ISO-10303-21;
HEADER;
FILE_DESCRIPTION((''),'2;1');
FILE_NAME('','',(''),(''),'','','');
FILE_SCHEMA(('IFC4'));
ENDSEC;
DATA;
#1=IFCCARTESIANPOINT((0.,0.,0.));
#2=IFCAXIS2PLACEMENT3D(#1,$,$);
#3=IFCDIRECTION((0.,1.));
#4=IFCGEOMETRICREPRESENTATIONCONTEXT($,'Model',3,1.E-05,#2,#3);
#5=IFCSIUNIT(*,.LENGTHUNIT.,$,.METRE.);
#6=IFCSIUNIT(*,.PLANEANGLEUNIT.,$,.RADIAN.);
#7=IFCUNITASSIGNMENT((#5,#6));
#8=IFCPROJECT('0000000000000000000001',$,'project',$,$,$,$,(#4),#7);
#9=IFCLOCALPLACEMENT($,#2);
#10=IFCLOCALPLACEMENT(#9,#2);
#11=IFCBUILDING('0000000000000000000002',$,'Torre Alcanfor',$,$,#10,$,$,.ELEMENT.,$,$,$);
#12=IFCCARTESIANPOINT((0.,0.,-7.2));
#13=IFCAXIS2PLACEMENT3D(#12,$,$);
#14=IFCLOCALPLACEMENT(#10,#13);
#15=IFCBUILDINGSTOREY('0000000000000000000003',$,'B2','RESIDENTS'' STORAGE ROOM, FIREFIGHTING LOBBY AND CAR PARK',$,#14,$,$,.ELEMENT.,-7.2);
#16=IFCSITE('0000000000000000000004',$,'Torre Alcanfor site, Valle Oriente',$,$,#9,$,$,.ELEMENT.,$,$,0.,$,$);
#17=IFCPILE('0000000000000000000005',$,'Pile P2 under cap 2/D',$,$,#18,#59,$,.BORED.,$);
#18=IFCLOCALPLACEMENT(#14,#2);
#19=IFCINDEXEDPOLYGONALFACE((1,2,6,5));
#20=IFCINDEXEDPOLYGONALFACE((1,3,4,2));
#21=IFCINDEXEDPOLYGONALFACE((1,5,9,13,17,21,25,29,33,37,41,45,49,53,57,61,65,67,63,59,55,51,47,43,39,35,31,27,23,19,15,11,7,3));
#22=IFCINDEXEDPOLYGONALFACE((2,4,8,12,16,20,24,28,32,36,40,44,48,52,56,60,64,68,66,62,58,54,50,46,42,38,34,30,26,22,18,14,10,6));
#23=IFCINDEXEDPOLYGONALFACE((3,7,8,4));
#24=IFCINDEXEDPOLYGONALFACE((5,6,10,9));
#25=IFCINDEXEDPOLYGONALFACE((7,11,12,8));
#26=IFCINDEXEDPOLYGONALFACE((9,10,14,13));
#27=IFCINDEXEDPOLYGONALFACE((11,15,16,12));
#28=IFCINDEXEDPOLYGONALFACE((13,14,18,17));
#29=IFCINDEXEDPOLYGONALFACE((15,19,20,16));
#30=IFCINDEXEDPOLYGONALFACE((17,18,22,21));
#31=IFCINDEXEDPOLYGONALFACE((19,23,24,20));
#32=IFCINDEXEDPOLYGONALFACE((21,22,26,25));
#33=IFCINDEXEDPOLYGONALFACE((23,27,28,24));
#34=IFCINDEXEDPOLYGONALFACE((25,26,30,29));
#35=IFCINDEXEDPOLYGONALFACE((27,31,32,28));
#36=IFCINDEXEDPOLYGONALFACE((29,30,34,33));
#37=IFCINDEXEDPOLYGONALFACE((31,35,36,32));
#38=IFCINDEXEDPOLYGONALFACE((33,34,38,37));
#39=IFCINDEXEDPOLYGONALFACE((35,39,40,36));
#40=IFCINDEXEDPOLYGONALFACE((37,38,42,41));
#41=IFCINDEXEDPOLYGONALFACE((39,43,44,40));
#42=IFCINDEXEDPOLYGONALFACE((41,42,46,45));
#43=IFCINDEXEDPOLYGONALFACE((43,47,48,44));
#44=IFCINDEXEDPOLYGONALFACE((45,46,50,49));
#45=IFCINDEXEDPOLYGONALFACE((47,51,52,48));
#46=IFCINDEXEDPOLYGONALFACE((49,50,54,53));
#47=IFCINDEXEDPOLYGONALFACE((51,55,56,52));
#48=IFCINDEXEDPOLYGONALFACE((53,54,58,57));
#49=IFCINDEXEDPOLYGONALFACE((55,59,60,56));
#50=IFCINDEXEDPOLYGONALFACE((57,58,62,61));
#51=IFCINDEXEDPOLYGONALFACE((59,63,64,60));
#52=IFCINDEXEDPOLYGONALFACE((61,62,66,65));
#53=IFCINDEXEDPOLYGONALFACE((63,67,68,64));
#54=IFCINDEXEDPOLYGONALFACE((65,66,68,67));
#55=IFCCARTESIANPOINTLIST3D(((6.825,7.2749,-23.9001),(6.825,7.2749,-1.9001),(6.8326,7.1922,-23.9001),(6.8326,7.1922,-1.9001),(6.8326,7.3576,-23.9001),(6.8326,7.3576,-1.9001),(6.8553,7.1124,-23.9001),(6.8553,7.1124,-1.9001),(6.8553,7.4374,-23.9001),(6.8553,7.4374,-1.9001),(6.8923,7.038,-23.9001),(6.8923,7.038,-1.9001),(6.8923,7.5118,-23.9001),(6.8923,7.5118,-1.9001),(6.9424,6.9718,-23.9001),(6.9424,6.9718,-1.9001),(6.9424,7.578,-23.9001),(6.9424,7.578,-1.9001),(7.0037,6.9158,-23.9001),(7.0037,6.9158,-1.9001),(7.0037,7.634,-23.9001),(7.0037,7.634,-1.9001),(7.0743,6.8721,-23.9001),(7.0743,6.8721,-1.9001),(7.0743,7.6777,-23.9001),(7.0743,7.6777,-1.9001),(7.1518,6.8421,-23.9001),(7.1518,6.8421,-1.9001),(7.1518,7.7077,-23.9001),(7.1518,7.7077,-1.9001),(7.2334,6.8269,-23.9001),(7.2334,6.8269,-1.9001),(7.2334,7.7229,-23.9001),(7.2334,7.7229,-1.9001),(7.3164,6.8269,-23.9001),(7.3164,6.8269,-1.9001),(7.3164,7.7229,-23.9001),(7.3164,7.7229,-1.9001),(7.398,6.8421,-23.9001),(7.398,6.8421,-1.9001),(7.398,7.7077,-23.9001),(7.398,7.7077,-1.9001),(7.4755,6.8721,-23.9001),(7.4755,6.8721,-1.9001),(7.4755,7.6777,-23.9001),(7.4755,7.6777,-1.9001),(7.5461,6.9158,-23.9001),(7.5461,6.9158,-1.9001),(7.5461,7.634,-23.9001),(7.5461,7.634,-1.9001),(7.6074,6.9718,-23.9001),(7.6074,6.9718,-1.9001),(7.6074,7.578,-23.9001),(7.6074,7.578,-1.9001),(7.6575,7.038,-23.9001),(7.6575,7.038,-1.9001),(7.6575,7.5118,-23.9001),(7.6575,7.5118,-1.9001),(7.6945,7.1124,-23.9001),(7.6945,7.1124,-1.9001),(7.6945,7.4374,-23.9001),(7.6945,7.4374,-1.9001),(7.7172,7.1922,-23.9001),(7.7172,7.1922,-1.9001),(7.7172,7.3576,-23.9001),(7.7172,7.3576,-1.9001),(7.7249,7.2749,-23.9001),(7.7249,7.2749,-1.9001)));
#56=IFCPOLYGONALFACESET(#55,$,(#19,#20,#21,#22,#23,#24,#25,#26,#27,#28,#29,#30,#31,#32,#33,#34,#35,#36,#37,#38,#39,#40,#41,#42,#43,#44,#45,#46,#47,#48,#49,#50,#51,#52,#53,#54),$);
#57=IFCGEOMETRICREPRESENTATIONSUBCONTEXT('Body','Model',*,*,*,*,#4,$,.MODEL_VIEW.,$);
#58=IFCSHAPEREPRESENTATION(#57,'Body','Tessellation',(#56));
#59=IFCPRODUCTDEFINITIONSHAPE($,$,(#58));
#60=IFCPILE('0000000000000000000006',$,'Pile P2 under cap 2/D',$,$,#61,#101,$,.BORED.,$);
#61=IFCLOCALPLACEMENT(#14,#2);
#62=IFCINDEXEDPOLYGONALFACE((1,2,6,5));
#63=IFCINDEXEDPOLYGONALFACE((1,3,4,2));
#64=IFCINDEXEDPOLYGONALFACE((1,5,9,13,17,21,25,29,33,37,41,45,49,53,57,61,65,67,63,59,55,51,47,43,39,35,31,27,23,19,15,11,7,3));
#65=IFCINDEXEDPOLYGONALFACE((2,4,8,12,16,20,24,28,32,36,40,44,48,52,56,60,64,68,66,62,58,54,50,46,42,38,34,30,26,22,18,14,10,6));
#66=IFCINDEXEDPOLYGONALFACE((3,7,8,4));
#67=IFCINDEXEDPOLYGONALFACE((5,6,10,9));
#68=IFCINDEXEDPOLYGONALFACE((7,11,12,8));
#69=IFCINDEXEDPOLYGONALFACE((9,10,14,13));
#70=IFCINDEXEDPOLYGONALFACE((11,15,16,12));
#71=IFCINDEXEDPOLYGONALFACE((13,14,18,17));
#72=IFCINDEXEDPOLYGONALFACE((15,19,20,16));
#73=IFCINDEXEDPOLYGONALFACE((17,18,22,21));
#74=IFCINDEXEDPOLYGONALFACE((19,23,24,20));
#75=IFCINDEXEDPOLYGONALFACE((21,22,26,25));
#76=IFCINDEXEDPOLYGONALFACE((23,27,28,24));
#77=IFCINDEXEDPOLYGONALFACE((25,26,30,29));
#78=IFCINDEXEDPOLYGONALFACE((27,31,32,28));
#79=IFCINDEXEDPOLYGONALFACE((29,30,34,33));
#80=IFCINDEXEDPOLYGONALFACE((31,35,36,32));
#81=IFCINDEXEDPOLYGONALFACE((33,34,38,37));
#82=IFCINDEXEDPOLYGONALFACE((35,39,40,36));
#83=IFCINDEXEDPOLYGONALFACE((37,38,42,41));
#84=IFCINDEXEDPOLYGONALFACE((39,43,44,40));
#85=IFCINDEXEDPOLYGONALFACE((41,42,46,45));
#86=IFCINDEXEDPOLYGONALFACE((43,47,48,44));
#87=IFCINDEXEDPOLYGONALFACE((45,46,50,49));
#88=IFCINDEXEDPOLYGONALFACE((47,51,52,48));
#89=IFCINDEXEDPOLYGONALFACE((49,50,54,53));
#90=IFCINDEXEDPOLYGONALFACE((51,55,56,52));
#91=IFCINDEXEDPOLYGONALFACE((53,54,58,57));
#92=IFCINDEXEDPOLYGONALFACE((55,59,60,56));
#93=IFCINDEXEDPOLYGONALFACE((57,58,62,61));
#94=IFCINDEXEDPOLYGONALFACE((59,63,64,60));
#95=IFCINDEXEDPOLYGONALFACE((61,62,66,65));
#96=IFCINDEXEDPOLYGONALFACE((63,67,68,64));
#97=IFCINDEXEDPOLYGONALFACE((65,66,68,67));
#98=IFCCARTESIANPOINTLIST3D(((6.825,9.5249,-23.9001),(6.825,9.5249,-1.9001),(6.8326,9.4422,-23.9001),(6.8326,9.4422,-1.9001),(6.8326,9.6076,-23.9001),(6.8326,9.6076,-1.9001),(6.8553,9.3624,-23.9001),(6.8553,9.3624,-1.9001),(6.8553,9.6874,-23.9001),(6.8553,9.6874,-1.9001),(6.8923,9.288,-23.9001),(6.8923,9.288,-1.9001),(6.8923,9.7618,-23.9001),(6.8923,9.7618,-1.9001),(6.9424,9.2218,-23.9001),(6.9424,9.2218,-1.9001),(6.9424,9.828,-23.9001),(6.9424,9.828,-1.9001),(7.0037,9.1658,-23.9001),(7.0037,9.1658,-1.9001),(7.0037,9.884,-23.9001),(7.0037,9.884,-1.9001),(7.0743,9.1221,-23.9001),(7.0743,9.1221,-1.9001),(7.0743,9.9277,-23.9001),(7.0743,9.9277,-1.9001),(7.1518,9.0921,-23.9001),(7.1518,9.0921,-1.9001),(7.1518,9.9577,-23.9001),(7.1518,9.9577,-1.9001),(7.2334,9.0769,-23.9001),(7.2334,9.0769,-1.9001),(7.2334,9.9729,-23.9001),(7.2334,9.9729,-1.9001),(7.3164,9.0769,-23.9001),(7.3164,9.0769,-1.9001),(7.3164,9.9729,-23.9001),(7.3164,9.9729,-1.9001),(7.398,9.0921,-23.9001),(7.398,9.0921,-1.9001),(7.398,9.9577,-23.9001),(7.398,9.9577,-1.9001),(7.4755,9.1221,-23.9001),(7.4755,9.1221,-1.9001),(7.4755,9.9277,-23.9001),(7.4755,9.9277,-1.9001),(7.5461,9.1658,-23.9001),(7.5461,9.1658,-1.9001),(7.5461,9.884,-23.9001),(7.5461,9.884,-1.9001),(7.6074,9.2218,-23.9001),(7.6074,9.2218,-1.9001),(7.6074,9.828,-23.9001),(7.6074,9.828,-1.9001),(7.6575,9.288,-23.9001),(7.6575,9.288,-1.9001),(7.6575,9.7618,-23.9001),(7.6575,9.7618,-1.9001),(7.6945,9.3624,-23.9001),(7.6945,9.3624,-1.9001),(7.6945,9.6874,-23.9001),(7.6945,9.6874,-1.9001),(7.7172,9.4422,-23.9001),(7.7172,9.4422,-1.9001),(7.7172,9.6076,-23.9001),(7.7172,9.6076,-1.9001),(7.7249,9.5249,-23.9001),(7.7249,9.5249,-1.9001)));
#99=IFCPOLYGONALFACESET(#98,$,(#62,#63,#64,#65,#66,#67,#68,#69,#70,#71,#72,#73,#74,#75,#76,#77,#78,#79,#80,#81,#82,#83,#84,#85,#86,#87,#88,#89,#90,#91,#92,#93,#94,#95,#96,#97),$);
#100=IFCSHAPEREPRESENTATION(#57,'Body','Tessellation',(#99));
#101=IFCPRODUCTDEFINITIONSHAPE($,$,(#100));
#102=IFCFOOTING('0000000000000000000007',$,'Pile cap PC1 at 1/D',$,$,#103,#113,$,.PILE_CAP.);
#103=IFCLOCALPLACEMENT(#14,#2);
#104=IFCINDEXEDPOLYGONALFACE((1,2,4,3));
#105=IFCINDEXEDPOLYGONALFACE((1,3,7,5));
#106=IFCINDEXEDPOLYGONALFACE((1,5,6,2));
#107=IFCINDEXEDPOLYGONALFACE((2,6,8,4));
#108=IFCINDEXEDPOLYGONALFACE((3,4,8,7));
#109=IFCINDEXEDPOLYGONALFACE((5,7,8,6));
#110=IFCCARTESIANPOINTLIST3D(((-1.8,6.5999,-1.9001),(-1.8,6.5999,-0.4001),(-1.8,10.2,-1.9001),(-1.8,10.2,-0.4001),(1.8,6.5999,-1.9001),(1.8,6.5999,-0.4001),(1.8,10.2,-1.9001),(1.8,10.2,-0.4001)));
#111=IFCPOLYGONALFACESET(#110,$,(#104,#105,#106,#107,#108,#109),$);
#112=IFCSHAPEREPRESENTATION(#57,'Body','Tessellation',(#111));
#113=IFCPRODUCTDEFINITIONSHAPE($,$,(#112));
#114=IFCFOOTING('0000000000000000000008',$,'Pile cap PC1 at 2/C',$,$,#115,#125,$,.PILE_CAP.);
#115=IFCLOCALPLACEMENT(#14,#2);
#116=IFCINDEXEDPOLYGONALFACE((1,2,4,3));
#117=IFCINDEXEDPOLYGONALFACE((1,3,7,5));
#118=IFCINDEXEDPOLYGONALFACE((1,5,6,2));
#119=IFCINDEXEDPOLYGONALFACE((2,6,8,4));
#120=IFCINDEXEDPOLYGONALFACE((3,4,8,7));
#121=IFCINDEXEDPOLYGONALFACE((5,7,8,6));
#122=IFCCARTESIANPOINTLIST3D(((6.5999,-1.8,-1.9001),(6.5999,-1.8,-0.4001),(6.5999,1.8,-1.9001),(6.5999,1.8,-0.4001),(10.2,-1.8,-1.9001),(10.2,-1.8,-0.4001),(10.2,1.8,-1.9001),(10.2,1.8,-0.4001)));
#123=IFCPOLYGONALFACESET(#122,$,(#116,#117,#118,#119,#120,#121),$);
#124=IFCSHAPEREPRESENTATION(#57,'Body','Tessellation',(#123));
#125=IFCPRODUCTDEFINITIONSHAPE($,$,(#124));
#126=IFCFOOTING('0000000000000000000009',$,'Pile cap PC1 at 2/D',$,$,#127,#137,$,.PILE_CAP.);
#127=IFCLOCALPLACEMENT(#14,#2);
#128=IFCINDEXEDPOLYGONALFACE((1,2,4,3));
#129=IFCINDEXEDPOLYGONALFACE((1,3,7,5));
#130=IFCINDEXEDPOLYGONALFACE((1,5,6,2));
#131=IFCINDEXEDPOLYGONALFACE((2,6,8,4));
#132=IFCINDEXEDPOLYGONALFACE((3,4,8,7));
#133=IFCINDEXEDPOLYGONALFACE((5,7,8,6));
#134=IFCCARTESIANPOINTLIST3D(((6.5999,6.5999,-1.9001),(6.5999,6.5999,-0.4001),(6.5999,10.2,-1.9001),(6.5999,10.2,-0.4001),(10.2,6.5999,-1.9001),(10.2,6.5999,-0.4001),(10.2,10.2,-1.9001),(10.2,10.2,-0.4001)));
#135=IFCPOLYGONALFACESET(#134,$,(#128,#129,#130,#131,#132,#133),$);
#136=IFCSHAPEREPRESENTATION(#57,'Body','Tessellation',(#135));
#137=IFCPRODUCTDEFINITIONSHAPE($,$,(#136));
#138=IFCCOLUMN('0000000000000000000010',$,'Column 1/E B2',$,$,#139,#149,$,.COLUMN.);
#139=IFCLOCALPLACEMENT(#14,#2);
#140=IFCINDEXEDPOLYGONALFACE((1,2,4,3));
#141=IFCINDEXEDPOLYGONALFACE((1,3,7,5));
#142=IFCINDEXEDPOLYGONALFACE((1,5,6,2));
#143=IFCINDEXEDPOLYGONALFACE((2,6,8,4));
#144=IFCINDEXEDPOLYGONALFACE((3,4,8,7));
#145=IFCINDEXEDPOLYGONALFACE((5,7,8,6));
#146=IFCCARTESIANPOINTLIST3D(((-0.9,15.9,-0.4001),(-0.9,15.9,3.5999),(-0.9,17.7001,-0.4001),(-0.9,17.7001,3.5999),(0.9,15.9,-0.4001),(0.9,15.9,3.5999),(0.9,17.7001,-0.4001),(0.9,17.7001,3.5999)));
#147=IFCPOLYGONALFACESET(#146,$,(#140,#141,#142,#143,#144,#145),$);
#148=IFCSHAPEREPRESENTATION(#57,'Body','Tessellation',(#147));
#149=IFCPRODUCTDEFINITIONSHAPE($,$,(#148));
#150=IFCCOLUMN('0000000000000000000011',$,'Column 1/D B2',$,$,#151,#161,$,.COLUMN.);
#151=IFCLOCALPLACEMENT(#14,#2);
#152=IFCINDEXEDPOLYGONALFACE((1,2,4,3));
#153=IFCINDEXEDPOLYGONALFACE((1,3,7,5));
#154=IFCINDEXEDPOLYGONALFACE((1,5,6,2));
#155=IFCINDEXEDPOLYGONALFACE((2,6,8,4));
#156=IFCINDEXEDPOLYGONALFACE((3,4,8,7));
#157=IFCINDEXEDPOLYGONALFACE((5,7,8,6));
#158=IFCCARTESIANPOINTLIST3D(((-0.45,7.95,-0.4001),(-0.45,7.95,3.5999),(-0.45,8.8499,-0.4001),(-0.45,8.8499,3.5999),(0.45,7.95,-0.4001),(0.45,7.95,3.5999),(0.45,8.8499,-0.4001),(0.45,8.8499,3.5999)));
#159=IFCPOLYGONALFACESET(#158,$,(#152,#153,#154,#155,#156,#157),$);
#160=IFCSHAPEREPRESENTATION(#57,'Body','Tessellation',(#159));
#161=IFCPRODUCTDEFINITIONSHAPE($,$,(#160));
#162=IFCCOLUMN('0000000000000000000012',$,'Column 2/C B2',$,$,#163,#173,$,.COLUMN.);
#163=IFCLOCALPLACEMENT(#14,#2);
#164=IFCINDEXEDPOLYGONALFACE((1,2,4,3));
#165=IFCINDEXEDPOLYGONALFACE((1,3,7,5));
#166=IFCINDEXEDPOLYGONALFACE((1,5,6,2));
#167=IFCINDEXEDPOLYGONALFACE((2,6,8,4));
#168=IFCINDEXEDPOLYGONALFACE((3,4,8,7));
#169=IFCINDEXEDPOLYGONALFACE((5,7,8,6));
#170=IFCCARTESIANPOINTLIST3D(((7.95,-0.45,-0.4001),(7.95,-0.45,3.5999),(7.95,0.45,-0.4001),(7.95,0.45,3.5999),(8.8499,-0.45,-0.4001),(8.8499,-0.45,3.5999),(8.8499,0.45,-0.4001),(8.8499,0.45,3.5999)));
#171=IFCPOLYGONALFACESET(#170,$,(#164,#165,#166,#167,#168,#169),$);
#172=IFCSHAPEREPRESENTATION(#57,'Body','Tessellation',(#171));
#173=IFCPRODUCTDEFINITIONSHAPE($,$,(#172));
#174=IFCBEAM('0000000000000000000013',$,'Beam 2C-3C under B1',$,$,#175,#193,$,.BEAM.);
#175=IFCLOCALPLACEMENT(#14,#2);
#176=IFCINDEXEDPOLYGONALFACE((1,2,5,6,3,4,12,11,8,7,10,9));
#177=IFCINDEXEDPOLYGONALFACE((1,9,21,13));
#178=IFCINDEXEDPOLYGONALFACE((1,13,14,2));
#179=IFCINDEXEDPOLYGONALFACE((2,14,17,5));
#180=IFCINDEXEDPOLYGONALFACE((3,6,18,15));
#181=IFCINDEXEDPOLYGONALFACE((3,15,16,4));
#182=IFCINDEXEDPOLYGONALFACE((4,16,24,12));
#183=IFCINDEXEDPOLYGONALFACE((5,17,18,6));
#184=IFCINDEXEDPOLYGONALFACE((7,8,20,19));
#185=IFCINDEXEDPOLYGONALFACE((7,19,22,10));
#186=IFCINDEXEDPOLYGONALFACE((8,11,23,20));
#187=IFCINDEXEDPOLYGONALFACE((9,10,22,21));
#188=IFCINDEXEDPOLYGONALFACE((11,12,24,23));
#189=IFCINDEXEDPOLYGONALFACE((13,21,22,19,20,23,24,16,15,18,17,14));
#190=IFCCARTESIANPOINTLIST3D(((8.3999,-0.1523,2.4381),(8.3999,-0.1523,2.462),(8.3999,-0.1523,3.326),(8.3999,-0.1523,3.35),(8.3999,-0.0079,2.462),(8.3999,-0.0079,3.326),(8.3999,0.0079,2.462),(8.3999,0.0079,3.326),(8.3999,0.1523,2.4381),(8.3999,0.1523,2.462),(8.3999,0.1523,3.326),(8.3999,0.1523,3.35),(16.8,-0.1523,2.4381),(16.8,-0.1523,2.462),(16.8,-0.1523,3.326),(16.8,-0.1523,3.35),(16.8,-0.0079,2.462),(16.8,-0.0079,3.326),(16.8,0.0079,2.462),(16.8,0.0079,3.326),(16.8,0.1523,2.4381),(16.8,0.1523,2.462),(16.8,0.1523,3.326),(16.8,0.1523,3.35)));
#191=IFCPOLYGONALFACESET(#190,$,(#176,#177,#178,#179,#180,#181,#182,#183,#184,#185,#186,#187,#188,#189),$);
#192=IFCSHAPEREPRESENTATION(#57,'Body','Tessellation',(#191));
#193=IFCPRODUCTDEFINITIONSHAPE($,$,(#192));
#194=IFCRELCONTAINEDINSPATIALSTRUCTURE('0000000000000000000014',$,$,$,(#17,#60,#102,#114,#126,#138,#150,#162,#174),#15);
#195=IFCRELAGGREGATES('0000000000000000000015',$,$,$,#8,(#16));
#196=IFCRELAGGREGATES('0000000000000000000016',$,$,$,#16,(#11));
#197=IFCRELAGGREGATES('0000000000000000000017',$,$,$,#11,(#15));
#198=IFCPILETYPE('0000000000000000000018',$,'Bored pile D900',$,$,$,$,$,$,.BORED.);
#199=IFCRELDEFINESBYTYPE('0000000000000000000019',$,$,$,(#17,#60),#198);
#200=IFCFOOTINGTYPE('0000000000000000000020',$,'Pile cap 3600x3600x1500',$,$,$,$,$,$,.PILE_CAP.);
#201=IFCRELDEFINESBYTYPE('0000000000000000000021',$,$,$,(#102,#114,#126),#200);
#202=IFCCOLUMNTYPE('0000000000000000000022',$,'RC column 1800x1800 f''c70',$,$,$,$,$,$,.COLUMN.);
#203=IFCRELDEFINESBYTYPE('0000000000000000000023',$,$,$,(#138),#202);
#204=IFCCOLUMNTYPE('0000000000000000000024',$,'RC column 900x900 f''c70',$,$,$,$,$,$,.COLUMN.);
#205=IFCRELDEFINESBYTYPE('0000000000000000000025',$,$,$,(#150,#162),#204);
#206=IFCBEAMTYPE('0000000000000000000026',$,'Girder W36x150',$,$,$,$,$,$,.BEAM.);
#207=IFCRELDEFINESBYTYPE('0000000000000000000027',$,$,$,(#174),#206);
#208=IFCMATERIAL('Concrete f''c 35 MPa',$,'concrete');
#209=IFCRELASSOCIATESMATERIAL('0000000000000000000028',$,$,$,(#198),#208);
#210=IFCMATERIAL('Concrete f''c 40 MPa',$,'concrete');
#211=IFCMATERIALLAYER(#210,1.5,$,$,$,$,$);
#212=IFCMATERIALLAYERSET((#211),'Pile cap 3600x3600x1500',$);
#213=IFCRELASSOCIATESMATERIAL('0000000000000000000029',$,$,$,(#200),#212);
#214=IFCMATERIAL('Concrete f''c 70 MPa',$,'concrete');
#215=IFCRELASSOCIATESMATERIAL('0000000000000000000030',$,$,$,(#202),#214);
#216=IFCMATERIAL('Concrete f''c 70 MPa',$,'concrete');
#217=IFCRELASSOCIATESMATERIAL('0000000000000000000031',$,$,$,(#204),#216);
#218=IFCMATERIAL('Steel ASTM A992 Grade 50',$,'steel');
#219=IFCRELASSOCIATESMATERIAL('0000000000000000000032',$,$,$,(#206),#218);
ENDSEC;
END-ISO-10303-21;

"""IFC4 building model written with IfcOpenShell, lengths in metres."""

from ifc_helpers import new_model, si_unit, direction, frame, origin, origin_2d, place, context, subcontext, project, spatial, rectangle, circle, i_section, extrude, material, layer, layer_set, material_profile, profile_set, type_object, element, save


model = new_model("IFC4")

# Units and contexts
model_context = context("Model", 3, precision=1e-05, world=origin(), true_north=direction((0.0, 1.0)))
body_context = subcontext(model_context, "Body", "Model", "MODEL_VIEW")
ifc_project = project(units=[si_unit("LENGTHUNIT", "METRE"), si_unit("PLANEANGLEUNIT", "RADIAN")], contexts=[model_context])

# Site, building, storey
site_placement = place(None, origin())
site = spatial("IfcSite", under=ifc_project, at=site_placement, Name="Torre Alcanfor site, Valle Oriente", CompositionType="ELEMENT", RefElevation=0.0)
building_placement = place(site_placement, origin())
building = spatial("IfcBuilding", under=site, at=building_placement, Name="Torre Alcanfor", CompositionType="ELEMENT")
storey_placement = place(building_placement, frame((0.0, 0.0, -7.2)))
storey = spatial("IfcBuildingStorey", under=building, at=storey_placement, Name="B2", Description="RESIDENTS' STORAGE ROOM, FIREFIGHTING LOBBY AND CAR PARK", CompositionType="ELEMENT", Elevation=-7.2)

# Piles
ifc_material_1 = material(Name="Concrete f'c 35 MPa", Category="concrete")
ifc_material_profile_1 = material_profile(ifc_material_1, circle(Radius=0.45, at=origin_2d()), Name="D900")
ifc_profile_set_1 = profile_set([ifc_material_profile_1], Name="Concrete f'c 35 MPa")
pile_type = type_object("IfcPileType", Name="Bored pile D900", PredefinedType="BORED", material=ifc_profile_set_1)
for number, where, z_axis, x_axis, name in (
    (1, (7.2749, 7.2749, -1.9001), (0.0, 0.0, -1.0), (1.0, 0.0, 0.0), "Pile P2 under cap 2/D"),
    (2, (7.2749, 9.5249, -1.9001), (0.0, 0.0, -1.0), (1.0, 0.0, 0.0), "Pile P2 under cap 2/D"),
):
    element("IfcPile", number, at=place(storey_placement, frame(where, z_axis=z_axis, x_axis=x_axis)), inside=storey, type_object=pile_type, Name=name, PredefinedType="BORED", context=body_context, shape_type="SweptSolid", body=[
        extrude(circle(Radius=0.45, at=origin_2d()), origin(), (0.0, 0.0, 1.0), 22.0),
    ])

# Footings
ifc_material_2 = material(Name="Concrete f'c 40 MPa", Category="concrete")
ifc_layer_1 = layer(ifc_material_2, 1.5)
ifc_layer_set_1 = layer_set([ifc_layer_1], Name="Pile cap 3600x3600x1500")
footing_type = type_object("IfcFootingType", Name="Pile cap 3600x3600x1500", PredefinedType="PILE_CAP", material=ifc_layer_set_1)
for number, where, z_axis, x_axis, name in (
    (3, (0.0, 8.3999, -1.9001), (0.0, 0.0, 1.0), (1.0, 0.0, 0.0), "Pile cap PC1 at 1/D"),
    (4, (8.3999, 0.0, -1.9001), (0.0, 0.0, 1.0), (1.0, 0.0, 0.0), "Pile cap PC1 at 2/C"),
    (5, (8.3999, 8.3999, -1.9001), (0.0, 0.0, 1.0), (1.0, 0.0, 0.0), "Pile cap PC1 at 2/D"),
):
    element("IfcFooting", number, at=place(storey_placement, frame(where, z_axis=z_axis, x_axis=x_axis)), inside=storey, type_object=footing_type, Name=name, PredefinedType="PILE_CAP", context=body_context, shape_type="SweptSolid", body=[
        extrude(rectangle(XDim=3.6001, YDim=3.6001, at=origin_2d()), origin(), (0.0, 0.0, 1.0), 1.5),
    ])

# Columns
ifc_material_3 = material(Name="Concrete f'c 70 MPa", Category="concrete")
ifc_material_profile_2 = material_profile(ifc_material_3, rectangle(XDim=1.8, YDim=1.8, at=origin_2d()), Name="1800x1800")
ifc_profile_set_2 = profile_set([ifc_material_profile_2], Name="Concrete f'c 70 MPa")
column_type_1 = type_object("IfcColumnType", Name="RC column 1800x1800 f'c70", PredefinedType="COLUMN", material=ifc_profile_set_2)
column_placement = place(storey_placement, frame((0.0, 16.8, -0.4001), z_axis=(0.0, 0.0, 1.0), x_axis=(1.0, 0.0, 0.0)))
element("IfcColumn", 6, at=column_placement, inside=storey, type_object=column_type_1, Name="Column 1/E B2", PredefinedType="COLUMN", context=body_context, shape_type="SweptSolid", body=[
    extrude(rectangle(XDim=1.8, YDim=1.8, at=origin_2d()), origin(), (0.0, 0.0, 1.0), 4.0),
])
ifc_material_4 = material(Name="Concrete f'c 70 MPa", Category="concrete")
ifc_material_profile_3 = material_profile(ifc_material_4, rectangle(XDim=0.8999, YDim=0.8999, at=origin_2d()), Name="900x900")
ifc_profile_set_3 = profile_set([ifc_material_profile_3], Name="Concrete f'c 70 MPa")
column_type_2 = type_object("IfcColumnType", Name="RC column 900x900 f'c70", PredefinedType="COLUMN", material=ifc_profile_set_3)
for number, where, z_axis, x_axis, name in (
    (7, (0.0, 8.3999, -0.4001), (0.0, 0.0, 1.0), (1.0, 0.0, 0.0), "Column 1/D B2"),
    (8, (8.3999, 0.0, -0.4001), (0.0, 0.0, 1.0), (1.0, 0.0, 0.0), "Column 2/C B2"),
):
    element("IfcColumn", number, at=place(storey_placement, frame(where, z_axis=z_axis, x_axis=x_axis)), inside=storey, type_object=column_type_2, Name=name, PredefinedType="COLUMN", context=body_context, shape_type="SweptSolid", body=[
        extrude(rectangle(XDim=0.8999, YDim=0.8999, at=origin_2d()), origin(), (0.0, 0.0, 1.0), 4.0),
    ])

# Beam
ifc_material_5 = material(Name="Steel ASTM A992 Grade 50", Category="steel")
ifc_material_profile_4 = material_profile(ifc_material_5, i_section(OverallWidth=0.3047, OverallDepth=0.9119, WebThickness=0.0159, FlangeThickness=0.0239, at=origin_2d()), Name="W36x150")
ifc_profile_set_4 = profile_set([ifc_material_profile_4], Name="Steel ASTM A992 Grade 50")
beam_type_1 = type_object("IfcBeamType", Name="Girder W36x150", PredefinedType="BEAM", material=ifc_profile_set_4)
beam_1_placement = place(storey_placement, frame((8.3999, 0.0, 2.894), z_axis=(1.0, 0.0, 0.0), x_axis=(0.0, 1.0, 0.0)))
element("IfcBeam", 9, at=beam_1_placement, inside=storey, type_object=beam_type_1, Name="Beam 2C-3C under B1", PredefinedType="BEAM", context=body_context, shape_type="SweptSolid", body=[
    extrude(i_section(OverallWidth=0.3047, OverallDepth=0.9119, WebThickness=0.0159, FlangeThickness=0.0239, at=origin_2d()), origin(), (0.0, 0.0, 1.0), 8.4001),
])

save(model, "model.ifc")
